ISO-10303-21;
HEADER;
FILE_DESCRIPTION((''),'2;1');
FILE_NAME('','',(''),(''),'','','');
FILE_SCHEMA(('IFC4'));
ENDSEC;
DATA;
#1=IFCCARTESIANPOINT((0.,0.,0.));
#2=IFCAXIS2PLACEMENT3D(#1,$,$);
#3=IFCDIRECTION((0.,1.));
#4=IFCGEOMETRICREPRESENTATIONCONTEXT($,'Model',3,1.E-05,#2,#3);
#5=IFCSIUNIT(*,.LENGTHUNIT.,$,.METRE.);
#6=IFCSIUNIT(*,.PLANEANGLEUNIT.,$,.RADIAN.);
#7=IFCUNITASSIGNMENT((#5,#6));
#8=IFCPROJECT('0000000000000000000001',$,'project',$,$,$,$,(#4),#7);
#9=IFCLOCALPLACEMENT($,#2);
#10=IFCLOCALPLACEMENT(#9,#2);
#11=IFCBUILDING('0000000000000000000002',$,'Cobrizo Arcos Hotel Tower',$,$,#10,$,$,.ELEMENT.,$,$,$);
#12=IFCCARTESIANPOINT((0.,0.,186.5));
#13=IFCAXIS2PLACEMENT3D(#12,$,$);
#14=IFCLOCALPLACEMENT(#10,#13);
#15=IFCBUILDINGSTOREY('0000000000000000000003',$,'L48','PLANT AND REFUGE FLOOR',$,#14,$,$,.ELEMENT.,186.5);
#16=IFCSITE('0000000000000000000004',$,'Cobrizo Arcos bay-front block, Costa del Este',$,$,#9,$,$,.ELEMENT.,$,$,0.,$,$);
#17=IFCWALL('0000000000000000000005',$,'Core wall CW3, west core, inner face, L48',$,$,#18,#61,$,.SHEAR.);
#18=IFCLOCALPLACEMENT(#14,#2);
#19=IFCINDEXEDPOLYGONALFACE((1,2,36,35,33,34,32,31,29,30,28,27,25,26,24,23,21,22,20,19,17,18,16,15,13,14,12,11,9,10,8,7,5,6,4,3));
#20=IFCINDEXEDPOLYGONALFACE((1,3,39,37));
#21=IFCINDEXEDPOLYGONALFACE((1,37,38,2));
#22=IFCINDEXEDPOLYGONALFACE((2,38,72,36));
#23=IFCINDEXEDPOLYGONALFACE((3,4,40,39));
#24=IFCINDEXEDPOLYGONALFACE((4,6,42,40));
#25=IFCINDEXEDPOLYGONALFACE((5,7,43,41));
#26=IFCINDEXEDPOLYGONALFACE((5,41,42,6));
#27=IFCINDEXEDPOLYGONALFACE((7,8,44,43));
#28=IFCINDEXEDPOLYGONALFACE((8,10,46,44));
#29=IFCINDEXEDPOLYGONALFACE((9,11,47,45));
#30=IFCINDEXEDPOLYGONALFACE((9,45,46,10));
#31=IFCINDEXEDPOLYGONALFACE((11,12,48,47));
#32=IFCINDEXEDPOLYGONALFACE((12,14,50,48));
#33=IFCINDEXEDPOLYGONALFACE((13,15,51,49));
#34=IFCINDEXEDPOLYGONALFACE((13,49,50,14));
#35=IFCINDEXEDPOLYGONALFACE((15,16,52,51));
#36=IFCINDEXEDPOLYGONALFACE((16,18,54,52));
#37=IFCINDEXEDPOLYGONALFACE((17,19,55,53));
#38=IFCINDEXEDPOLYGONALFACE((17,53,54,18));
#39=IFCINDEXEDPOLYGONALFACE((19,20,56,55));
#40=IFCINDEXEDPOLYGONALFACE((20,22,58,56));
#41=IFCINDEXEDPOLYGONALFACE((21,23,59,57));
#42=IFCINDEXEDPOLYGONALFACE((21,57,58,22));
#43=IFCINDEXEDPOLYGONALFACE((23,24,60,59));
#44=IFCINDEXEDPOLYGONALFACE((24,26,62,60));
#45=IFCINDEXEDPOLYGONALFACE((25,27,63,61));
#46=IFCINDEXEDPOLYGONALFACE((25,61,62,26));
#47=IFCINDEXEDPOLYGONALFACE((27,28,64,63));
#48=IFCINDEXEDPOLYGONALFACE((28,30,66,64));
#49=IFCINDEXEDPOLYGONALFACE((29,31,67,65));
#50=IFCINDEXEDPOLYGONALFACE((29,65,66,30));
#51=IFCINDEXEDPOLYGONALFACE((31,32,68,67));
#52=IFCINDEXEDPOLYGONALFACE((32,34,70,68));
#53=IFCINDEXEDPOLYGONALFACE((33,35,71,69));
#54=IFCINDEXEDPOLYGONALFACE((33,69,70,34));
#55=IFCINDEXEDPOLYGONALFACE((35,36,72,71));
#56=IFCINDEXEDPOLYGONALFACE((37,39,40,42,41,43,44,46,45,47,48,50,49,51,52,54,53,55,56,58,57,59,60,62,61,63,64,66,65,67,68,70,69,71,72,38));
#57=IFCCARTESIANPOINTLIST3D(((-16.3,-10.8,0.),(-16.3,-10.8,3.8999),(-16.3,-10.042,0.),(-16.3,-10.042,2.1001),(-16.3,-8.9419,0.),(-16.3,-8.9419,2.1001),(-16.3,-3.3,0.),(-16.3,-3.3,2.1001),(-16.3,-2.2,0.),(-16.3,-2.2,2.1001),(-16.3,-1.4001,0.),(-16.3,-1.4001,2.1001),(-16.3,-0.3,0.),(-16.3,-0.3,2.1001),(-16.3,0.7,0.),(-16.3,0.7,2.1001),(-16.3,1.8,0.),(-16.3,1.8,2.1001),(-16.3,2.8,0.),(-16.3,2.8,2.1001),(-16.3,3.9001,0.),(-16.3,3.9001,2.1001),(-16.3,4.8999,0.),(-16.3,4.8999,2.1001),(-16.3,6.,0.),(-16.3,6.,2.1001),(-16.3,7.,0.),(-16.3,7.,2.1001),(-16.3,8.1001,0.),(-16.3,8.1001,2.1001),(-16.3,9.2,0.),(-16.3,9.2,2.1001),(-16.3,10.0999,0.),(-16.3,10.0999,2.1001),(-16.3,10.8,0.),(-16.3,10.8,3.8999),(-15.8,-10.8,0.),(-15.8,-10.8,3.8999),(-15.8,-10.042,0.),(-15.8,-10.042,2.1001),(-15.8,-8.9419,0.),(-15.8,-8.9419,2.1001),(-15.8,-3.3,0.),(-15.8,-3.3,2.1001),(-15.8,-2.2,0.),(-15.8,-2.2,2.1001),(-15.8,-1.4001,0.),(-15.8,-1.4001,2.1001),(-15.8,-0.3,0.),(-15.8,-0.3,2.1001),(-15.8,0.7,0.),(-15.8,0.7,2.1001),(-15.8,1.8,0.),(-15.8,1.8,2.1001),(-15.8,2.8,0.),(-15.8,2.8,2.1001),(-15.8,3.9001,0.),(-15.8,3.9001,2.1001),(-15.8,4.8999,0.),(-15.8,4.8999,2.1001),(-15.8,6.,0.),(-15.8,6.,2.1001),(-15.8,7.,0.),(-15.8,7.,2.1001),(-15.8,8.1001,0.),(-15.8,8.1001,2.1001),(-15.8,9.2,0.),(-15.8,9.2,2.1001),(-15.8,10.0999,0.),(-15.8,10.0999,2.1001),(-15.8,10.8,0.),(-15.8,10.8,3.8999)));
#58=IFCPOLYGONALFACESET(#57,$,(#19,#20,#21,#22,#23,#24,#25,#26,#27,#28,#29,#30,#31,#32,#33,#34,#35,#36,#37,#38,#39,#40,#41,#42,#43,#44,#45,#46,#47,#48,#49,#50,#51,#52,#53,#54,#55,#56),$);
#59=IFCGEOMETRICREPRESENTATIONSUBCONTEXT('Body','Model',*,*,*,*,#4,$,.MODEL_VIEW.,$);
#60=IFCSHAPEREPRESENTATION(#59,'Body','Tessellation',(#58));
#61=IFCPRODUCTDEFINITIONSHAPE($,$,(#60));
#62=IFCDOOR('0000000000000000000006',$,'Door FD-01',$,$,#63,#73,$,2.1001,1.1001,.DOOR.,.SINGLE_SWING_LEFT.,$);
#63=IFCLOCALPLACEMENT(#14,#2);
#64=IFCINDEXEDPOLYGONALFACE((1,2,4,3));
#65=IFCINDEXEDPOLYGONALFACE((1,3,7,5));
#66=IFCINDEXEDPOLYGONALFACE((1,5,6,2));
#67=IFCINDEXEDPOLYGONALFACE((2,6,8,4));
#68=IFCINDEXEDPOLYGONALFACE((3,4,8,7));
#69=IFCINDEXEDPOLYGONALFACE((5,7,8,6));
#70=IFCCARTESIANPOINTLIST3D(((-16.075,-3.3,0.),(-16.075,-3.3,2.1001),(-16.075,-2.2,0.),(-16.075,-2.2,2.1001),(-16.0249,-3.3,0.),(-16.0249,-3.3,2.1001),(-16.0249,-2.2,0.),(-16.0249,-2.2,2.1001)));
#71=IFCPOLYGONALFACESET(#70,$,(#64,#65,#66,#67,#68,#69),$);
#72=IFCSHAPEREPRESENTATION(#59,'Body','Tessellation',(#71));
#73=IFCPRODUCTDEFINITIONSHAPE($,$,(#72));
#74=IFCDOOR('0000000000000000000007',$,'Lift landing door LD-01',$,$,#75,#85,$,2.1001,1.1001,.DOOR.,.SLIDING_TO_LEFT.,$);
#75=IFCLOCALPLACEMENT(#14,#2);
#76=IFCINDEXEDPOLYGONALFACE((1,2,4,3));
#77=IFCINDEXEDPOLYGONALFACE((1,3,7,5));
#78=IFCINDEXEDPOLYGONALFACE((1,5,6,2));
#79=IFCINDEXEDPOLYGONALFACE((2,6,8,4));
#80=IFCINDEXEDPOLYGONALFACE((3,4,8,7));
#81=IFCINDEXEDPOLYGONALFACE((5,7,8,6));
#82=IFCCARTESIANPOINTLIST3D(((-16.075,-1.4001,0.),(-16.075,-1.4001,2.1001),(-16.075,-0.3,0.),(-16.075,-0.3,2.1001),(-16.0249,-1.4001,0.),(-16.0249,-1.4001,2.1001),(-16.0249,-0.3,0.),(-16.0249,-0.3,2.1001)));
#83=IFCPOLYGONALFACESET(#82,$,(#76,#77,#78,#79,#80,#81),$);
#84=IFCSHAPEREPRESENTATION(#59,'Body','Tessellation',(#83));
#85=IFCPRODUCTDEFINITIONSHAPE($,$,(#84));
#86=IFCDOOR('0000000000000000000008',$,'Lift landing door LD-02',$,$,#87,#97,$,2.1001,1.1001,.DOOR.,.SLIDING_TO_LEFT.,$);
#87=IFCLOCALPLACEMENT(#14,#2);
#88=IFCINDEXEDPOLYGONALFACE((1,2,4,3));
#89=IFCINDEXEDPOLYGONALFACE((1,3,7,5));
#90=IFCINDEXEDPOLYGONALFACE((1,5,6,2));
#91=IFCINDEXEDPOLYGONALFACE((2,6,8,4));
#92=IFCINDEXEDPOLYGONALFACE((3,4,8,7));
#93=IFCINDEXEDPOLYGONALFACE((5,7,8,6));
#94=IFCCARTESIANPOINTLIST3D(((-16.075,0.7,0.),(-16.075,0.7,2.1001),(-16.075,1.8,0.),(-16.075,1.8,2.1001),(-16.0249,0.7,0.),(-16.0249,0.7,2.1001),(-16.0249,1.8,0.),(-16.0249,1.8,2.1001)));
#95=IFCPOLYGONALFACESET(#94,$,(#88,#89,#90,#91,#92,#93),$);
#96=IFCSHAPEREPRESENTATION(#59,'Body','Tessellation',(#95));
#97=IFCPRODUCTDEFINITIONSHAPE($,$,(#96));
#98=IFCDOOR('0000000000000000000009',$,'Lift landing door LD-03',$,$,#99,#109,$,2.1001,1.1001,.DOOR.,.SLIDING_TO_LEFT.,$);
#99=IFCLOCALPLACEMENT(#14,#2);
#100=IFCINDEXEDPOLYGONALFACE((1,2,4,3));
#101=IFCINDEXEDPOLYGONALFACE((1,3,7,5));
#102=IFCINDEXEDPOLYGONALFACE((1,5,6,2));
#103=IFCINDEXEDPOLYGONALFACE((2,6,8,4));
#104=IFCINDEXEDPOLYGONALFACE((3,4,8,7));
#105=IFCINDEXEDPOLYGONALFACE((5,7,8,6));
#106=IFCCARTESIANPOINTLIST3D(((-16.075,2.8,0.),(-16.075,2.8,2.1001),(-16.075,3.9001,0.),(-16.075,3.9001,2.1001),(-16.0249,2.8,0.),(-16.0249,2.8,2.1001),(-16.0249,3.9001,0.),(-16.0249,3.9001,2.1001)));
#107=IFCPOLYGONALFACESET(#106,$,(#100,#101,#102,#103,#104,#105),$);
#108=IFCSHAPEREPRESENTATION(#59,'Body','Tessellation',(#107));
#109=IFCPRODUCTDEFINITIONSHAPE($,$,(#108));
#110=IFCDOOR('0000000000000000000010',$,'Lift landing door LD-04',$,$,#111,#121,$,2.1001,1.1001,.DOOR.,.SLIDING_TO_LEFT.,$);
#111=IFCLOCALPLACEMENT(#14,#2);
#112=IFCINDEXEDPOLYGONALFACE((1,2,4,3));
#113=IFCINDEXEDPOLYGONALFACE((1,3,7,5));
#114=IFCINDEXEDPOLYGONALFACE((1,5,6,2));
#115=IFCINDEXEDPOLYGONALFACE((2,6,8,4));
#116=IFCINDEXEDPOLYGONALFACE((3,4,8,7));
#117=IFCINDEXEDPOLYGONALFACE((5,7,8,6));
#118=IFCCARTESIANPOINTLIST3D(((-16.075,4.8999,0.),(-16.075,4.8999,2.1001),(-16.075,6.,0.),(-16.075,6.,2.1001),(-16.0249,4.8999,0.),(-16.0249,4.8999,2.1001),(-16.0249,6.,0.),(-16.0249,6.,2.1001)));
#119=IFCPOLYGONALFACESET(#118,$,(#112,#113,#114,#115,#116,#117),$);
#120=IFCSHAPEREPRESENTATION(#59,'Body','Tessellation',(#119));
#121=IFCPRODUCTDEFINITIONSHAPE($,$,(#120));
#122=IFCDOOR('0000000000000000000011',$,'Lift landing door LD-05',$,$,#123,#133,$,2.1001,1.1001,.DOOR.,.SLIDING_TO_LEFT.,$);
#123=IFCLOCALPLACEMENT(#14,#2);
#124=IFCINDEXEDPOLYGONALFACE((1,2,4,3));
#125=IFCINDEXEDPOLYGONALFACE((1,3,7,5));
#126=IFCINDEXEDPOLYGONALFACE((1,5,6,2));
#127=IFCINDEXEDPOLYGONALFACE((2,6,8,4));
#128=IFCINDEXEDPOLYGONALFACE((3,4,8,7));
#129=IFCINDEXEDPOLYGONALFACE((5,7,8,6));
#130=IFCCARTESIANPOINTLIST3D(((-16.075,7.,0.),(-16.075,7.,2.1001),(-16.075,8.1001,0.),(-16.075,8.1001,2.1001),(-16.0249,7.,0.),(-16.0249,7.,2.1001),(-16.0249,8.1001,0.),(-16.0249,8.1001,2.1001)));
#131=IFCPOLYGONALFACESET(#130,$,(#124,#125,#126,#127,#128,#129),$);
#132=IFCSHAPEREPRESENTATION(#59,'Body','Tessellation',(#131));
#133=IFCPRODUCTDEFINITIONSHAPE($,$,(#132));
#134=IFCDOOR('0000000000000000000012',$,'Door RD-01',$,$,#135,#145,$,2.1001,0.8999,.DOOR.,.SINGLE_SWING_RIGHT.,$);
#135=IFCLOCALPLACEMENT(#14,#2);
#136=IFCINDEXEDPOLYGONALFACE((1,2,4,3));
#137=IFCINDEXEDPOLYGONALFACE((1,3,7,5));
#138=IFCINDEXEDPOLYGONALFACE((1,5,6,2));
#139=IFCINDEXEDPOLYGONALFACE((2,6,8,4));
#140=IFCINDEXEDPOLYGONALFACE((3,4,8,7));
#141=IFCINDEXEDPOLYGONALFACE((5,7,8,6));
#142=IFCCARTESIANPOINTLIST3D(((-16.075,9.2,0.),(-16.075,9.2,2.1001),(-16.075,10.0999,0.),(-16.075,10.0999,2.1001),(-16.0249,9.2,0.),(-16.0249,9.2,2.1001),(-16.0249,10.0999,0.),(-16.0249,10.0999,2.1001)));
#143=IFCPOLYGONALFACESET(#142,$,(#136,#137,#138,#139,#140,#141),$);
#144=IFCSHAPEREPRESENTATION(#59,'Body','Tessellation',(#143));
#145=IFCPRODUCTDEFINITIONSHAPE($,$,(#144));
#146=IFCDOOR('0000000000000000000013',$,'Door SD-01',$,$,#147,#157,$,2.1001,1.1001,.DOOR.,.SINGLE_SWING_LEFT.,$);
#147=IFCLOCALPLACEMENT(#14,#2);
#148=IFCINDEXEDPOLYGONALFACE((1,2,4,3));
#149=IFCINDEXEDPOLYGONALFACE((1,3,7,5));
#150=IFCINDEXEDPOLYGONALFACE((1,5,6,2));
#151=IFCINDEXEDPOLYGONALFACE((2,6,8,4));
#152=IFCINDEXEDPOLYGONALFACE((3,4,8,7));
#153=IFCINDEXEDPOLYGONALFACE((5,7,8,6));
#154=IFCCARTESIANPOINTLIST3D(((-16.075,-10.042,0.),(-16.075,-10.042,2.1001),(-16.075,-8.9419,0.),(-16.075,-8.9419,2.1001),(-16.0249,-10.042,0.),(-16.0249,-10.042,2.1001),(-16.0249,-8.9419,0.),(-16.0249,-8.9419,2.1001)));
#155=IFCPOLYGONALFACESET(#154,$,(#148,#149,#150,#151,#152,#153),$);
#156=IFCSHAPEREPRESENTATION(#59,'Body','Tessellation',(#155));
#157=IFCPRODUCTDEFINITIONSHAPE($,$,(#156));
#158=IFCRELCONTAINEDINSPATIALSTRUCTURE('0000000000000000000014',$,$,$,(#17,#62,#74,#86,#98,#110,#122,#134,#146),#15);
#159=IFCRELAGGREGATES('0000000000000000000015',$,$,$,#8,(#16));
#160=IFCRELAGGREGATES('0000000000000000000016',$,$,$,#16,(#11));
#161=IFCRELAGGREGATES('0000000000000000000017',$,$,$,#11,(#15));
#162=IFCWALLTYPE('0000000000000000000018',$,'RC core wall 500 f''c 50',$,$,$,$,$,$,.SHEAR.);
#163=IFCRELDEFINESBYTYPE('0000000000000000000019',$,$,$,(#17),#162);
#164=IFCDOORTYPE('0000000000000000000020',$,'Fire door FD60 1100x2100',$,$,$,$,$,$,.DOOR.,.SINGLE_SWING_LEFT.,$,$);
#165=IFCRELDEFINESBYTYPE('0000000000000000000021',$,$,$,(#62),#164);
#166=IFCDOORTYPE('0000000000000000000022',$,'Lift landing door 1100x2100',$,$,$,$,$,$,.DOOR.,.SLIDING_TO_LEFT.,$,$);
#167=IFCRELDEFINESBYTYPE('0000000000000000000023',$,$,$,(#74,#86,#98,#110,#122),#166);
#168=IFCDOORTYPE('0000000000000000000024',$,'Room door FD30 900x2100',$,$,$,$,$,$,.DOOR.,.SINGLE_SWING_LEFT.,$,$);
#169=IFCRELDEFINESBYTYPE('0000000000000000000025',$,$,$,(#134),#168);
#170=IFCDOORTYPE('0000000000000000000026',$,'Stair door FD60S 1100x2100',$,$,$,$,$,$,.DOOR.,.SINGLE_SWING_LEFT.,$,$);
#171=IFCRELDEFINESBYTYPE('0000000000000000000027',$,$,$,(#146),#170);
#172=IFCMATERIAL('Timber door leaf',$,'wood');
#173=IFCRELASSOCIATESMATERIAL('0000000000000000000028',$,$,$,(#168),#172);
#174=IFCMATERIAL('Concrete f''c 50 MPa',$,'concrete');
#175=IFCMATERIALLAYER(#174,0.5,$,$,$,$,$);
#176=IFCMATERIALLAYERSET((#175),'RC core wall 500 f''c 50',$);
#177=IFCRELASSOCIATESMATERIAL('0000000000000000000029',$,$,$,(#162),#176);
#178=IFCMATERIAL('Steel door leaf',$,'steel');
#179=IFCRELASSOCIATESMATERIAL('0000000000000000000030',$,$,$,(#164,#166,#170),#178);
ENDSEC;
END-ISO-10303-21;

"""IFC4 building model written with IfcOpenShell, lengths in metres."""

from ifc_helpers import new_model, si_unit, direction, frame, frame_2d, origin, place, context, subcontext, project, spatial, rectangle, extrude, material, layer, layer_set, type_object, element, fill, save


model = new_model("IFC4")

# Units and contexts
model_context = context("Model", 3, precision=1e-05, world=origin(), true_north=direction((0.0, 1.0)))
body_context = subcontext(model_context, "Body", "Model", "MODEL_VIEW")
ifc_project = project(units=[si_unit("LENGTHUNIT", "METRE"), si_unit("PLANEANGLEUNIT", "RADIAN")], contexts=[model_context])

# Site, building, storey
site_placement = place(None, origin())
site = spatial("IfcSite", under=ifc_project, at=site_placement, Name="Cobrizo Arcos bay-front block, Costa del Este", CompositionType="ELEMENT", RefElevation=0.0)
building_placement = place(site_placement, origin())
building = spatial("IfcBuilding", under=site, at=building_placement, Name="Cobrizo Arcos Hotel Tower", CompositionType="ELEMENT")
storey_placement = place(building_placement, frame((0.0, 0.0, 186.5)))
storey = spatial("IfcBuildingStorey", under=building, at=storey_placement, Name="L48", Description="PLANT AND REFUGE FLOOR", CompositionType="ELEMENT", Elevation=186.5)

# Shared definitions
ifc_material_1 = material(Name="Timber door leaf", Category="wood")
door_type_1 = type_object("IfcDoorType", Name="Room door FD30 900x2100", OperationType="SINGLE_SWING_LEFT", PredefinedType="DOOR", material=ifc_material_1)

# Wall, openings, doors
ifc_material_2 = material(Name="Concrete f'c 50 MPa", Category="concrete")
ifc_layer_1 = layer(ifc_material_2, 0.5)
ifc_layer_set_1 = layer_set([ifc_layer_1], Name="RC core wall 500 f'c 50")
wall_type_1 = type_object("IfcWallType", Name="RC core wall 500 f'c 50", PredefinedType="SHEAR", material=ifc_layer_set_1)
wall_1_placement = place(storey_placement, frame((-16.05, -10.8, 0.0), z_axis=(0.0, 0.0, 1.0), x_axis=(0.0, 1.0, 0.0)))
wall_1 = element("IfcWall", 1, at=wall_1_placement, inside=storey, type_object=wall_type_1, Name="Core wall CW3, west core, inner face, L48", PredefinedType="SHEAR", context=body_context, shape_type="SweptSolid", body=[
    extrude(rectangle(XDim=21.6001, YDim=0.5, at=frame_2d((10.8, 0.0))), origin(), (0.0, 0.0, 1.0), 3.8999),
])
opening_1_placement = place(wall_1_placement, frame((9.3999, 0.0, 0.0)))
opening_1 = element("IfcOpeningElement", 2, at=opening_1_placement, cuts=wall_1, PredefinedType="OPENING", context=body_context, shape_type="SweptSolid", body=[
    extrude(rectangle(XDim=1.1001, YDim=2.1001, at=frame_2d((0.55, 1.05))), frame((0.0, 0.262, 0.0), z_axis=(0.0, -1.0, 0.0), x_axis=(1.0, 0.0, 0.0)), (0.0, 0.0, 1.0), 0.5239),
])
opening_2_placement = place(wall_1_placement, frame((11.5, 0.0, 0.0)))
opening_2 = element("IfcOpeningElement", 3, at=opening_2_placement, cuts=wall_1, PredefinedType="OPENING", context=body_context, shape_type="SweptSolid", body=[
    extrude(rectangle(XDim=1.1001, YDim=2.1001, at=frame_2d((0.55, 1.05))), frame((0.0, 0.262, 0.0), z_axis=(0.0, -1.0, 0.0), x_axis=(1.0, 0.0, 0.0)), (0.0, 0.0, 1.0), 0.5239),
])
opening_3_placement = place(wall_1_placement, frame((13.6001, 0.0, 0.0)))
opening_3 = element("IfcOpeningElement", 4, at=opening_3_placement, cuts=wall_1, PredefinedType="OPENING", context=body_context, shape_type="SweptSolid", body=[
    extrude(rectangle(XDim=1.1001, YDim=2.1001, at=frame_2d((0.55, 1.05))), frame((0.0, 0.262, 0.0), z_axis=(0.0, -1.0, 0.0), x_axis=(1.0, 0.0, 0.0)), (0.0, 0.0, 1.0), 0.5239),
])
opening_4_placement = place(wall_1_placement, frame((15.7, 0.0, 0.0)))
opening_4 = element("IfcOpeningElement", 5, at=opening_4_placement, cuts=wall_1, PredefinedType="OPENING", context=body_context, shape_type="SweptSolid", body=[
    extrude(rectangle(XDim=1.1001, YDim=2.1001, at=frame_2d((0.55, 1.05))), frame((0.0, 0.262, 0.0), z_axis=(0.0, -1.0, 0.0), x_axis=(1.0, 0.0, 0.0)), (0.0, 0.0, 1.0), 0.5239),
])
opening_5_placement = place(wall_1_placement, frame((17.8, 0.0, 0.0)))
opening_5 = element("IfcOpeningElement", 6, at=opening_5_placement, cuts=wall_1, PredefinedType="OPENING", context=body_context, shape_type="SweptSolid", body=[
    extrude(rectangle(XDim=1.1001, YDim=2.1001, at=frame_2d((0.55, 1.05))), frame((0.0, 0.262, 0.0), z_axis=(0.0, -1.0, 0.0), x_axis=(1.0, 0.0, 0.0)), (0.0, 0.0, 1.0), 0.5239),
])
opening_6_placement = place(wall_1_placement, frame((0.7581, 0.0, 0.0)))
opening_6 = element("IfcOpeningElement", 7, at=opening_6_placement, cuts=wall_1, PredefinedType="OPENING", context=body_context, shape_type="SweptSolid", body=[
    extrude(rectangle(XDim=1.1001, YDim=2.1001, at=frame_2d((0.55, 1.05))), frame((0.0, 0.262, 0.0), z_axis=(0.0, -1.0, 0.0), x_axis=(1.0, 0.0, 0.0)), (0.0, 0.0, 1.0), 0.5239),
])
opening_7_placement = place(wall_1_placement, frame((7.5, 0.0, 0.0)))
opening_7 = element("IfcOpeningElement", 8, at=opening_7_placement, cuts=wall_1, PredefinedType="OPENING", context=body_context, shape_type="SweptSolid", body=[
    extrude(rectangle(XDim=1.1001, YDim=2.1001, at=frame_2d((0.55, 1.05))), frame((0.0, 0.262, 0.0), z_axis=(0.0, -1.0, 0.0), x_axis=(1.0, 0.0, 0.0)), (0.0, 0.0, 1.0), 0.5239),
])
opening_8_placement = place(wall_1_placement, frame((20.0, 0.0, 0.0)))
opening_8 = element("IfcOpeningElement", 9, at=opening_8_placement, cuts=wall_1, PredefinedType="OPENING", context=body_context, shape_type="SweptSolid", body=[
    extrude(rectangle(XDim=0.8999, YDim=2.1001, at=frame_2d((0.45, 1.05))), frame((0.0, 0.262, 0.0), z_axis=(0.0, -1.0, 0.0), x_axis=(1.0, 0.0, 0.0)), (0.0, 0.0, 1.0), 0.5239),
])
ifc_material_3 = material(Name="Steel door leaf", Category="steel")
door_type_2 = type_object("IfcDoorType", Name="Fire door FD60 1100x2100", OperationType="SINGLE_SWING_LEFT", PredefinedType="DOOR", material=ifc_material_3)
door_1_placement = place(opening_7_placement, origin())
door_1 = element("IfcDoor", 10, at=door_1_placement, inside=storey, type_object=door_type_2, Name="Door FD-01", OperationType="SINGLE_SWING_LEFT", OverallHeight=2.1001, OverallWidth=1.1001, PredefinedType="DOOR", context=body_context, shape_type="SweptSolid", body=[
    extrude(rectangle(XDim=1.1001, YDim=2.1001, at=frame_2d((0.55, 1.05))), frame((0.0, 0.0249, 0.0), z_axis=(0.0, -1.0, 0.0), x_axis=(1.0, 0.0, 0.0)), (0.0, 0.0, 1.0), 0.05),
])
fill(opening_7, door_1)
door_type_3 = type_object("IfcDoorType", Name="Lift landing door 1100x2100", OperationType="SLIDING_TO_LEFT", PredefinedType="DOOR", material=ifc_material_3)
door_2_placement = place(opening_1_placement, origin())
door_2 = element("IfcDoor", 11, at=door_2_placement, inside=storey, type_object=door_type_3, Name="Lift landing door LD-01", OperationType="SLIDING_TO_LEFT", OverallHeight=2.1001, OverallWidth=1.1001, PredefinedType="DOOR", context=body_context, shape_type="SweptSolid", body=[
    extrude(rectangle(XDim=1.1001, YDim=2.1001, at=frame_2d((0.55, 1.05))), frame((0.0, 0.0249, 0.0), z_axis=(0.0, -1.0, 0.0), x_axis=(1.0, 0.0, 0.0)), (0.0, 0.0, 1.0), 0.05),
])
fill(opening_1, door_2)
door_3_placement = place(opening_2_placement, origin())
door_3 = element("IfcDoor", 12, at=door_3_placement, inside=storey, type_object=door_type_3, Name="Lift landing door LD-02", OperationType="SLIDING_TO_LEFT", OverallHeight=2.1001, OverallWidth=1.1001, PredefinedType="DOOR", context=body_context, shape_type="SweptSolid", body=[
    extrude(rectangle(XDim=1.1001, YDim=2.1001, at=frame_2d((0.55, 1.05))), frame((0.0, 0.0249, 0.0), z_axis=(0.0, -1.0, 0.0), x_axis=(1.0, 0.0, 0.0)), (0.0, 0.0, 1.0), 0.05),
])
fill(opening_2, door_3)
door_4_placement = place(opening_3_placement, origin())
door_4 = element("IfcDoor", 13, at=door_4_placement, inside=storey, type_object=door_type_3, Name="Lift landing door LD-03", OperationType="SLIDING_TO_LEFT", OverallHeight=2.1001, OverallWidth=1.1001, PredefinedType="DOOR", context=body_context, shape_type="SweptSolid", body=[
    extrude(rectangle(XDim=1.1001, YDim=2.1001, at=frame_2d((0.55, 1.05))), frame((0.0, 0.0249, 0.0), z_axis=(0.0, -1.0, 0.0), x_axis=(1.0, 0.0, 0.0)), (0.0, 0.0, 1.0), 0.05),
])
fill(opening_3, door_4)
door_5_placement = place(opening_4_placement, origin())
door_5 = element("IfcDoor", 14, at=door_5_placement, inside=storey, type_object=door_type_3, Name="Lift landing door LD-04", OperationType="SLIDING_TO_LEFT", OverallHeight=2.1001, OverallWidth=1.1001, PredefinedType="DOOR", context=body_context, shape_type="SweptSolid", body=[
    extrude(rectangle(XDim=1.1001, YDim=2.1001, at=frame_2d((0.55, 1.05))), frame((0.0, 0.0249, 0.0), z_axis=(0.0, -1.0, 0.0), x_axis=(1.0, 0.0, 0.0)), (0.0, 0.0, 1.0), 0.05),
])
fill(opening_4, door_5)
door_6_placement = place(opening_5_placement, origin())
door_6 = element("IfcDoor", 15, at=door_6_placement, inside=storey, type_object=door_type_3, Name="Lift landing door LD-05", OperationType="SLIDING_TO_LEFT", OverallHeight=2.1001, OverallWidth=1.1001, PredefinedType="DOOR", context=body_context, shape_type="SweptSolid", body=[
    extrude(rectangle(XDim=1.1001, YDim=2.1001, at=frame_2d((0.55, 1.05))), frame((0.0, 0.0249, 0.0), z_axis=(0.0, -1.0, 0.0), x_axis=(1.0, 0.0, 0.0)), (0.0, 0.0, 1.0), 0.05),
])
fill(opening_5, door_6)
door_7_placement = place(opening_8_placement, origin())
door_7 = element("IfcDoor", 16, at=door_7_placement, inside=storey, type_object=door_type_1, Name="Door RD-01", OperationType="SINGLE_SWING_RIGHT", OverallHeight=2.1001, OverallWidth=0.8999, PredefinedType="DOOR", context=body_context, shape_type="SweptSolid", body=[
    extrude(rectangle(XDim=0.8999, YDim=2.1001, at=frame_2d((0.45, 1.05))), frame((0.0, 0.0249, 0.0), z_axis=(0.0, -1.0, 0.0), x_axis=(1.0, 0.0, 0.0)), (0.0, 0.0, 1.0), 0.05),
])
fill(opening_8, door_7)
door_type_4 = type_object("IfcDoorType", Name="Stair door FD60S 1100x2100", OperationType="SINGLE_SWING_LEFT", PredefinedType="DOOR", material=ifc_material_3)
door_8_placement = place(opening_6_placement, origin())
door_8 = element("IfcDoor", 17, at=door_8_placement, inside=storey, type_object=door_type_4, Name="Door SD-01", OperationType="SINGLE_SWING_LEFT", OverallHeight=2.1001, OverallWidth=1.1001, PredefinedType="DOOR", context=body_context, shape_type="SweptSolid", body=[
    extrude(rectangle(XDim=1.1001, YDim=2.1001, at=frame_2d((0.55, 1.05))), frame((0.0, 0.0249, 0.0), z_axis=(0.0, -1.0, 0.0), x_axis=(1.0, 0.0, 0.0)), (0.0, 0.0, 1.0), 0.05),
])
fill(opening_6, door_8)

save(model, "model.ifc")
